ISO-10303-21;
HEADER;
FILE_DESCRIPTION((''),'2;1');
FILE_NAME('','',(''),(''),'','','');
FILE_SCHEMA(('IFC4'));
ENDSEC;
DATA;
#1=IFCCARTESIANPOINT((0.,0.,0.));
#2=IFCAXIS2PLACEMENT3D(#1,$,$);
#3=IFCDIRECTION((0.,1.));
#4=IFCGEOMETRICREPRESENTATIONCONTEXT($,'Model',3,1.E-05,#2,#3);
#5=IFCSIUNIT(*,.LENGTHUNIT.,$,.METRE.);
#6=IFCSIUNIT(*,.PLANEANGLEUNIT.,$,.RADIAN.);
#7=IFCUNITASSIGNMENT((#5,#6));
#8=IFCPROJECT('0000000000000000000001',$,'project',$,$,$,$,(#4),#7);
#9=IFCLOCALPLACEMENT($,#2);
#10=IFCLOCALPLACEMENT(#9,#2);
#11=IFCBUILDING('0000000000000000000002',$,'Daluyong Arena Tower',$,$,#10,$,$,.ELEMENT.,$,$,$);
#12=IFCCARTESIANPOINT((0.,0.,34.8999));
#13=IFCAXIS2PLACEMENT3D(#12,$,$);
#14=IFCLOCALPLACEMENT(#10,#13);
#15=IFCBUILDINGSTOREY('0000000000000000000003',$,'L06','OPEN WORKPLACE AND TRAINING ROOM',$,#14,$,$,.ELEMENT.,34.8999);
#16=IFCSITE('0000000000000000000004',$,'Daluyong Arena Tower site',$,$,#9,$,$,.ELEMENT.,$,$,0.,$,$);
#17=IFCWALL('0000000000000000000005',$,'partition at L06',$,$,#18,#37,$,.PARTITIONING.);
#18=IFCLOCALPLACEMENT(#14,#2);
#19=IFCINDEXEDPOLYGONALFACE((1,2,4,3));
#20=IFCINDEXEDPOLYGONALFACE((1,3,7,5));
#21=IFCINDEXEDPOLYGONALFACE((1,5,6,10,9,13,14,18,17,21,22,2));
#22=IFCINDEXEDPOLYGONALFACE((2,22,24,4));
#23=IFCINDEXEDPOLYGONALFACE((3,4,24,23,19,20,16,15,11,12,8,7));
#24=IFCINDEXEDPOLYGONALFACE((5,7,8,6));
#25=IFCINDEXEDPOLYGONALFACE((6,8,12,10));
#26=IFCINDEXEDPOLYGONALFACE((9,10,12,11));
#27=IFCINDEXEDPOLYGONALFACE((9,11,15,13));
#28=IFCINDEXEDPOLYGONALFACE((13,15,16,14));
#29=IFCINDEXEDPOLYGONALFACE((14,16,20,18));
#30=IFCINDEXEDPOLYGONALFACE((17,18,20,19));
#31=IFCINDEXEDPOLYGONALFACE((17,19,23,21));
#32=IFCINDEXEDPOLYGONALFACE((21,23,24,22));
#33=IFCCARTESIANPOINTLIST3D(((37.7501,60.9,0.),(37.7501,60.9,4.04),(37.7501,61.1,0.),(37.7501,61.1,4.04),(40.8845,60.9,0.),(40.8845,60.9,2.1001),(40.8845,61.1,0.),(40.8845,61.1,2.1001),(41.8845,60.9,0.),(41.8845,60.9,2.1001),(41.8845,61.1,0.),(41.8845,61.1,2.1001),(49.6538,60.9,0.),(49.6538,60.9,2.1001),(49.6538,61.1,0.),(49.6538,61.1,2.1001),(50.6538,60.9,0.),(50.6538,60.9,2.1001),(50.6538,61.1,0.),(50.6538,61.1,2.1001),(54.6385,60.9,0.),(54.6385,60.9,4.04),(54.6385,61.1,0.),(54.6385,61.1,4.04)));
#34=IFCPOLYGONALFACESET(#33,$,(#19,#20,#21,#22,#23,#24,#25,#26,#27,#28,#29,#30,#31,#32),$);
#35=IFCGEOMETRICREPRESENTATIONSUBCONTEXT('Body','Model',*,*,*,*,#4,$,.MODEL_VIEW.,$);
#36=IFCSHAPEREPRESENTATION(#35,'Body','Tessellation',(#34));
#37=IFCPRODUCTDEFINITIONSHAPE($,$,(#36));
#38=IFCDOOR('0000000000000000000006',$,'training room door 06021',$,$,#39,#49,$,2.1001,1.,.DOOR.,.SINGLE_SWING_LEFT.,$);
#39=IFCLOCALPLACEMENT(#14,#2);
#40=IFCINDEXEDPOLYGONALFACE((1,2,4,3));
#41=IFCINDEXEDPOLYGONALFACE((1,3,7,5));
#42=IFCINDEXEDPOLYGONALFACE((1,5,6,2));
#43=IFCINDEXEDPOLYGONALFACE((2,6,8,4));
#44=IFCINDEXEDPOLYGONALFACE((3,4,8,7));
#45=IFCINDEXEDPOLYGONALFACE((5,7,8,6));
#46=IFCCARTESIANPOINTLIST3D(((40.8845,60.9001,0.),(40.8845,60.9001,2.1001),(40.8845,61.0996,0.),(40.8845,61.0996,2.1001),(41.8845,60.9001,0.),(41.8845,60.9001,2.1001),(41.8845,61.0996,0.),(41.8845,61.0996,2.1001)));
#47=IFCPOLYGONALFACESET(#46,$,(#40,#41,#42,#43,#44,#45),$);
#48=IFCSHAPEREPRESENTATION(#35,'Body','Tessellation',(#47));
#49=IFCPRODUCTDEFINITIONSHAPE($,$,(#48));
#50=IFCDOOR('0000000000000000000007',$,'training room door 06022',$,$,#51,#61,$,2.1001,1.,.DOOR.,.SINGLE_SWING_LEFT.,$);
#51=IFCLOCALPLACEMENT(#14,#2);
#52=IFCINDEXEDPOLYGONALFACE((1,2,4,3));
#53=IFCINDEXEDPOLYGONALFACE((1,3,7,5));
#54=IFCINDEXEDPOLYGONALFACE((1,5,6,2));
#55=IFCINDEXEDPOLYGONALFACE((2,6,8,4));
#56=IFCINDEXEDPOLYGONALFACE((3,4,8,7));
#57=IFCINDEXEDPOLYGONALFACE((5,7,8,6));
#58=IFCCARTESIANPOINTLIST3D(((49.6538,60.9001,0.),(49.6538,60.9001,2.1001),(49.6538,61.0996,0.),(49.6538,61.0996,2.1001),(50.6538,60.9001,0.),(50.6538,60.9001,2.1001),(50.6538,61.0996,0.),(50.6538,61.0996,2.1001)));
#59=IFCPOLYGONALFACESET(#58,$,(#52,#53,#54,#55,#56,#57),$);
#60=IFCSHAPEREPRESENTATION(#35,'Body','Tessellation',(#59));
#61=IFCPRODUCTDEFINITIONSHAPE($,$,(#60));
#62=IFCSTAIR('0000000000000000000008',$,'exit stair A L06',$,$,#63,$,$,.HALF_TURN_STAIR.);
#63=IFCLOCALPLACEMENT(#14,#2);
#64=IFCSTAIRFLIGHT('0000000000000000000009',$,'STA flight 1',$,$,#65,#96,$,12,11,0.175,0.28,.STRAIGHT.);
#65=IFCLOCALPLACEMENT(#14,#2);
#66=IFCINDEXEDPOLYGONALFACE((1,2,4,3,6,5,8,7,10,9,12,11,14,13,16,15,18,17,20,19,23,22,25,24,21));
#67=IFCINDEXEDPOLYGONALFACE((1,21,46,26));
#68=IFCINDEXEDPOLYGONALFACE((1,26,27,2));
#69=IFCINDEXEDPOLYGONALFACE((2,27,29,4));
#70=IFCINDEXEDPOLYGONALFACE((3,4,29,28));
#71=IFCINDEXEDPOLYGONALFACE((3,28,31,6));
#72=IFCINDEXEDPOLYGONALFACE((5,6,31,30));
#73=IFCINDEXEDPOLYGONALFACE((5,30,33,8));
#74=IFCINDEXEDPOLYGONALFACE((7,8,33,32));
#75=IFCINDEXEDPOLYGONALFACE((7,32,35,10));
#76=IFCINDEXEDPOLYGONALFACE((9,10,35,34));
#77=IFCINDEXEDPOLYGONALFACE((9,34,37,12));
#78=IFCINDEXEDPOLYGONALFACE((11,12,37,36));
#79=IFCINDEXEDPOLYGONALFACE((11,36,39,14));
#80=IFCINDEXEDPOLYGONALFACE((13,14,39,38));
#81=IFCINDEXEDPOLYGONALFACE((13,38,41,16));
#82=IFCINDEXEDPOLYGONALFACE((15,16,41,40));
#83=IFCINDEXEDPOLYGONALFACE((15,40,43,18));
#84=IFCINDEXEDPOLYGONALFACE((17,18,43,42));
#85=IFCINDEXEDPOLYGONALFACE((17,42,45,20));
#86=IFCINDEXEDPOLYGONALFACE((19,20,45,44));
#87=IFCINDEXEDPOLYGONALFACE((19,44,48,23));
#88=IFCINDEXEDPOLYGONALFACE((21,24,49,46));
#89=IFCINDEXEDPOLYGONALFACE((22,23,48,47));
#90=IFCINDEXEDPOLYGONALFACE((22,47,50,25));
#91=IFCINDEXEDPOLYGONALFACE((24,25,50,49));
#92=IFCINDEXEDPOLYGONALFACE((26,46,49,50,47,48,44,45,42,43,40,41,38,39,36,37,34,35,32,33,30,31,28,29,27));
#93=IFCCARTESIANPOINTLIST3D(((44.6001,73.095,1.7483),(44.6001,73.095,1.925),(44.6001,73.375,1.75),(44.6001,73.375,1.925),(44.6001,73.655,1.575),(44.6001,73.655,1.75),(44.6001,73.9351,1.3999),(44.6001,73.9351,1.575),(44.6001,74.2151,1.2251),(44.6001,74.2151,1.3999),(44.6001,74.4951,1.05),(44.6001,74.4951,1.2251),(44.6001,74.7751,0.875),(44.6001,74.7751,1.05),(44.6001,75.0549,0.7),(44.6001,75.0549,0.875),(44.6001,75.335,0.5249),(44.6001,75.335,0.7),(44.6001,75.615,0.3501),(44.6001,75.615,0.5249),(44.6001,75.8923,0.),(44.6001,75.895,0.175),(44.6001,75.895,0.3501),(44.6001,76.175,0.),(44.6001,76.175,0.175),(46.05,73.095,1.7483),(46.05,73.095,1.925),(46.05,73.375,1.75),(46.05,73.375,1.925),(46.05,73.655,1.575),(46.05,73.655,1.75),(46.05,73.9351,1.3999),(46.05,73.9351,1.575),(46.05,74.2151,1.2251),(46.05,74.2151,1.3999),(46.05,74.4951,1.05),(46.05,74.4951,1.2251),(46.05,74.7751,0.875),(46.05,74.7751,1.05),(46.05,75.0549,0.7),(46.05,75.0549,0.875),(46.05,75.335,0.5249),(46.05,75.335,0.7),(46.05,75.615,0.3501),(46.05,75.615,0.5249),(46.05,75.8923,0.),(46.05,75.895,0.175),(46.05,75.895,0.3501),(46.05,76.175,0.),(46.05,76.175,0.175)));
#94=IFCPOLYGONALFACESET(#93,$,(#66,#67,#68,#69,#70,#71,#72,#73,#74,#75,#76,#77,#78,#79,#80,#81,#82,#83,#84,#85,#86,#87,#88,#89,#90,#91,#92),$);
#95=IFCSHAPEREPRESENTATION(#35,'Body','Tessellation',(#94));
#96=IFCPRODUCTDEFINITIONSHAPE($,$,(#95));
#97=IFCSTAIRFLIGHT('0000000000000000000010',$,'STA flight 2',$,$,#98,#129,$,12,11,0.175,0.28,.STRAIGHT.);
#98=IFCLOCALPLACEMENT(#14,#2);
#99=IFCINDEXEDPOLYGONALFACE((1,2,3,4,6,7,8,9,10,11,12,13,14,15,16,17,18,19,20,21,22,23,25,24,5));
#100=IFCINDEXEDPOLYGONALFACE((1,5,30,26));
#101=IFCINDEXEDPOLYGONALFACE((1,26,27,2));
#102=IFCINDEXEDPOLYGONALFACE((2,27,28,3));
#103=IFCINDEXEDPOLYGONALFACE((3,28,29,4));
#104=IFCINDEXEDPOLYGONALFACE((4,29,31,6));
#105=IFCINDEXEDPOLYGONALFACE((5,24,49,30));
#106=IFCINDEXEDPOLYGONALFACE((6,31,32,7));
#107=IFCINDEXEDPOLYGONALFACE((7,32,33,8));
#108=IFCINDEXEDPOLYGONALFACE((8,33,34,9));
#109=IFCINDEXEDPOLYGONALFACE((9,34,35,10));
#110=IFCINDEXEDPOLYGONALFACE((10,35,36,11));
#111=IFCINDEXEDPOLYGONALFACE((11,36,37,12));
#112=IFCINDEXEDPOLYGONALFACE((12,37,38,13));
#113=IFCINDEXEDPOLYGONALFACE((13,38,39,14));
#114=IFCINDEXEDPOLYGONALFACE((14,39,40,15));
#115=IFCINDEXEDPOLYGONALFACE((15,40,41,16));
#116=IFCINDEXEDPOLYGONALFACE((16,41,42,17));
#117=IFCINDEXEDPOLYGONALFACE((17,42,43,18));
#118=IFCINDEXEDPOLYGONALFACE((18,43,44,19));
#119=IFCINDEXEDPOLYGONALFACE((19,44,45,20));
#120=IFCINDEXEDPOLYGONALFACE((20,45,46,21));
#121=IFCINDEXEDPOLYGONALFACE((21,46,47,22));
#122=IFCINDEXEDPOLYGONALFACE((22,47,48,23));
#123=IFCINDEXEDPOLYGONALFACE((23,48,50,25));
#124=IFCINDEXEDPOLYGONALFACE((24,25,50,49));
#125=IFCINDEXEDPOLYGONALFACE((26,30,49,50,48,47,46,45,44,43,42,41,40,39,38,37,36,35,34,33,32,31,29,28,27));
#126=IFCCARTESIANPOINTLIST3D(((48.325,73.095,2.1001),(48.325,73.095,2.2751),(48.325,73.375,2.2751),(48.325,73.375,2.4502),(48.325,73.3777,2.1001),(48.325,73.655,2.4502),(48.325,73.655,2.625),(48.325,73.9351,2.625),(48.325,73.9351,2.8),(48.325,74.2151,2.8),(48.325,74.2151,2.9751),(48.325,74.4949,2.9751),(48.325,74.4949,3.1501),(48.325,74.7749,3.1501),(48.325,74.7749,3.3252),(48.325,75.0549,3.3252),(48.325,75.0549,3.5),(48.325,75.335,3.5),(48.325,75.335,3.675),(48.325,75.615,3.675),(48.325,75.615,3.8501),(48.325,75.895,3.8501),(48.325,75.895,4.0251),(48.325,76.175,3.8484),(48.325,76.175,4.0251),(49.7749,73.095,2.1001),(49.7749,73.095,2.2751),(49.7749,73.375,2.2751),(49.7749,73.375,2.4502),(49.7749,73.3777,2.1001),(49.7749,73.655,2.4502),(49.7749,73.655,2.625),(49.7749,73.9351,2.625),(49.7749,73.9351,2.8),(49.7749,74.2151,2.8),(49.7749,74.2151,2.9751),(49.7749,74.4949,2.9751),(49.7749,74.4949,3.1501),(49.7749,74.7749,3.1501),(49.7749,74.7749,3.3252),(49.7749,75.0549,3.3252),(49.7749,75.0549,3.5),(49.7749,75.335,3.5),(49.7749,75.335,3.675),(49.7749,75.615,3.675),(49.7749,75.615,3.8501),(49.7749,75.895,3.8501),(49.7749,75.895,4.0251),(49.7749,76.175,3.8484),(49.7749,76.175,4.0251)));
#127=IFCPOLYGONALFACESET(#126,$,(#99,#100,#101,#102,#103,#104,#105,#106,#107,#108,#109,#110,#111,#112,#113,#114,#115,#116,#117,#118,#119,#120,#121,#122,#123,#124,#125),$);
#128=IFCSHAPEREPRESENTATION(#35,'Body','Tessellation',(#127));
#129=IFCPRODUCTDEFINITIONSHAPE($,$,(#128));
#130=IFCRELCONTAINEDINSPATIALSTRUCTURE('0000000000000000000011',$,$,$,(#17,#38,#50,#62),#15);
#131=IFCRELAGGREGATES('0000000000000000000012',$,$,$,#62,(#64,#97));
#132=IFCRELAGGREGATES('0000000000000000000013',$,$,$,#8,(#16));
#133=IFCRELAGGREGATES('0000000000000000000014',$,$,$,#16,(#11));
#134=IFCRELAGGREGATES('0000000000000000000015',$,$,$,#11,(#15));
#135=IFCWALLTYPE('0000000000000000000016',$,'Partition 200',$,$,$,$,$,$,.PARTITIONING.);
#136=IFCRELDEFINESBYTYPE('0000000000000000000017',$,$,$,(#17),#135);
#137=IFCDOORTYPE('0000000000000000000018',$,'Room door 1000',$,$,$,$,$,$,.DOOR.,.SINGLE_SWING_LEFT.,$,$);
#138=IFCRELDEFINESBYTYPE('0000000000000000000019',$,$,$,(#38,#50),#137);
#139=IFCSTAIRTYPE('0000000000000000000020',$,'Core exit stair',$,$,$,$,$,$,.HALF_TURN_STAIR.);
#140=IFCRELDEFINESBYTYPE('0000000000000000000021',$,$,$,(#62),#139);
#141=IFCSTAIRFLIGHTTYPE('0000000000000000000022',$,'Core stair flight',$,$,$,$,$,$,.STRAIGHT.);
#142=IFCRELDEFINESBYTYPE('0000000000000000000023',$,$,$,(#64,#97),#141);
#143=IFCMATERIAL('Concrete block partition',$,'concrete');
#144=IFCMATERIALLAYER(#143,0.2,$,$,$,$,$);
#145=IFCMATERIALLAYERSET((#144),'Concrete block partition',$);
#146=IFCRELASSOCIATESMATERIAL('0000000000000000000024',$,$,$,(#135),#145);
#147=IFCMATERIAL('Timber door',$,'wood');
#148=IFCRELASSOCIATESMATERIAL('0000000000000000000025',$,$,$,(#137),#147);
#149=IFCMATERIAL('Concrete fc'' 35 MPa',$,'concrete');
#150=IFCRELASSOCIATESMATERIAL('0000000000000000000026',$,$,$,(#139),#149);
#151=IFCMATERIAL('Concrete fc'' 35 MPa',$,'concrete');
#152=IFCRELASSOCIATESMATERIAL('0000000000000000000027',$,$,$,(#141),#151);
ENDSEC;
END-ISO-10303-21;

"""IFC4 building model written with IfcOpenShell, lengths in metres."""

from ifc_helpers import new_model, si_unit, direction, frame, frame_2d, origin, place, context, subcontext, project, spatial, polyline, rectangle, outline, extrude, material, layer, layer_set, type_object, element, fill, aggregate, save


model = new_model("IFC4")

# Units and contexts
model_context = context("Model", 3, precision=1e-05, world=origin(), true_north=direction((0.0, 1.0)))
body_context = subcontext(model_context, "Body", "Model", "MODEL_VIEW")
ifc_project = project(units=[si_unit("LENGTHUNIT", "METRE"), si_unit("PLANEANGLEUNIT", "RADIAN")], contexts=[model_context])

# Site, building, storey
site_placement = place(None, origin())
site = spatial("IfcSite", under=ifc_project, at=site_placement, Name="Daluyong Arena Tower site", CompositionType="ELEMENT", RefElevation=0.0)
building_placement = place(site_placement, origin())
building = spatial("IfcBuilding", under=site, at=building_placement, Name="Daluyong Arena Tower", CompositionType="ELEMENT")
storey_placement = place(building_placement, frame((0.0, 0.0, 34.8999)))
storey = spatial("IfcBuildingStorey", under=building, at=storey_placement, Name="L06", Description="OPEN WORKPLACE AND TRAINING ROOM", CompositionType="ELEMENT", Elevation=34.8999)

# Wall, openings, doors
ifc_material_1 = material(Name="Concrete block partition", Category="concrete")
ifc_layer_1 = layer(ifc_material_1, 0.2)
ifc_layer_set_1 = layer_set([ifc_layer_1], Name="Concrete block partition")
wall_type_1 = type_object("IfcWallType", Name="Partition 200", PredefinedType="PARTITIONING", material=ifc_layer_set_1)
wall_1_placement = place(storey_placement, frame((37.75, 61.0, 0.0), z_axis=(0.0, 0.0, 1.0), x_axis=(1.0, 0.0, 0.0)))
wall_1 = element("IfcWall", 1, at=wall_1_placement, inside=storey, type_object=wall_type_1, Name="partition at L06", PredefinedType="PARTITIONING", context=body_context, shape_type="SweptSolid", body=[
    extrude(rectangle(XDim=16.8884, YDim=0.2, at=frame_2d((8.4443, 0.0))), origin(), (0.0, 0.0, 1.0), 4.04),
])
opening_1_placement = place(wall_1_placement, frame((3.1345, 0.0, 0.0)))
opening_1 = element("IfcOpeningElement", 2, at=opening_1_placement, cuts=wall_1, PredefinedType="OPENING", context=body_context, shape_type="SweptSolid", body=[
    extrude(rectangle(XDim=1.0, YDim=2.1001, at=frame_2d((0.5, 1.05))), frame((0.0, 0.1099, 0.0), z_axis=(0.0, -1.0, 0.0), x_axis=(1.0, 0.0, 0.0)), (0.0, 0.0, 1.0), 0.22),
])
opening_2_placement = place(wall_1_placement, frame((11.9038, 0.0, 0.0)))
opening_2 = element("IfcOpeningElement", 3, at=opening_2_placement, cuts=wall_1, PredefinedType="OPENING", context=body_context, shape_type="SweptSolid", body=[
    extrude(rectangle(XDim=1.0, YDim=2.1001, at=frame_2d((0.5, 1.05))), frame((0.0, 0.1099, 0.0), z_axis=(0.0, -1.0, 0.0), x_axis=(1.0, 0.0, 0.0)), (0.0, 0.0, 1.0), 0.22),
])
ifc_material_2 = material(Name="Timber door", Category="wood")
door_type_1 = type_object("IfcDoorType", Name="Room door 1000", OperationType="SINGLE_SWING_LEFT", PredefinedType="DOOR", material=ifc_material_2)
door_1_placement = place(opening_1_placement, origin())
door_1 = element("IfcDoor", 4, at=door_1_placement, inside=storey, type_object=door_type_1, Name="training room door 06021", OperationType="SINGLE_SWING_LEFT", OverallHeight=2.1001, OverallWidth=1.0, PredefinedType="DOOR", context=body_context, shape_type="SweptSolid", body=[
    extrude(rectangle(XDim=1.0, YDim=2.1001, at=frame_2d((0.5, 1.05))), frame((0.0, 0.0996, 0.0), z_axis=(0.0, -1.0, 0.0), x_axis=(1.0, 0.0, 0.0)), (0.0, 0.0, 1.0), 0.1995),
])
fill(opening_1, door_1)
door_2_placement = place(opening_2_placement, origin())
door_2 = element("IfcDoor", 5, at=door_2_placement, inside=storey, type_object=door_type_1, Name="training room door 06022", OperationType="SINGLE_SWING_LEFT", OverallHeight=2.1001, OverallWidth=1.0, PredefinedType="DOOR", context=body_context, shape_type="SweptSolid", body=[
    extrude(rectangle(XDim=1.0, YDim=2.1001, at=frame_2d((0.5, 1.05))), frame((0.0, 0.0996, 0.0), z_axis=(0.0, -1.0, 0.0), x_axis=(1.0, 0.0, 0.0)), (0.0, 0.0, 1.0), 0.1995),
])
fill(opening_2, door_2)

# Stair, stair flights
ifc_material_3 = material(Name="Concrete fc' 35 MPa", Category="concrete")
stair_type = type_object("IfcStairType", Name="Core exit stair", PredefinedType="HALF_TURN_STAIR", material=ifc_material_3)
stair_placement = place(storey_placement, origin())
stair = element("IfcStair", 6, at=stair_placement, inside=storey, type_object=stair_type, Name="exit stair A L06", PredefinedType="HALF_TURN_STAIR")
ifc_material_4 = material(Name="Concrete fc' 35 MPa", Category="concrete")
stair_flight_type = type_object("IfcStairFlightType", Name="Core stair flight", PredefinedType="STRAIGHT", material=ifc_material_4)
stair_flight_1_placement = place(storey_placement, frame((45.325, 76.175, 0.0), z_axis=(0.0, 0.0, 1.0), x_axis=(0.0, -1.0, 0.0)))
stair_flight_1 = element("IfcStairFlight", 7, at=stair_flight_1_placement, type_object=stair_flight_type, Name="STA flight 1", NumberOfRisers=12, NumberOfTreads=11, PredefinedType="STRAIGHT", RiserHeight=0.175, TreadLength=0.28, context=body_context, shape_type="SweptSolid", body=[
    extrude(outline(polyline([(0.0, 0.0), (0.0, 0.175), (0.28, 0.175), (0.28, 0.3501), (0.5601, 0.3501), (0.5601, 0.5249), (0.8401, 0.5249), (0.8401, 0.7), (1.1201, 0.7), (1.1201, 0.875), (1.3999, 0.875), (1.3999, 1.05), (1.6799, 1.05), (1.6799, 1.2251), (1.96, 1.2251), (1.96, 1.3999), (2.24, 1.3999), (2.24, 1.575), (2.52, 1.575), (2.52, 1.75), (2.8, 1.75), (2.8, 1.925), (3.0801, 1.925), (3.0801, 2.1001), (3.0801, 1.7483), (0.2827, 0.0), (0.0, 0.0)])), frame((0.0, 0.7251, 0.0), z_axis=(0.0, -1.0, 0.0), x_axis=(1.0, 0.0, 0.0)), (0.0, 0.0, 1.0), 1.45),
])
stair_flight_2_placement = place(storey_placement, frame((49.05, 73.095, 2.1001), z_axis=(0.0, 0.0, 1.0), x_axis=(0.0, 1.0, 0.0)))
stair_flight_2 = element("IfcStairFlight", 8, at=stair_flight_2_placement, type_object=stair_flight_type, Name="STA flight 2", NumberOfRisers=12, NumberOfTreads=11, PredefinedType="STRAIGHT", RiserHeight=0.175, TreadLength=0.28, context=body_context, shape_type="SweptSolid", body=[
    extrude(outline(polyline([(0.0, 0.0), (0.0, 0.175), (0.28, 0.175), (0.28, 0.3501), (0.5601, 0.3501), (0.5601, 0.5249), (0.8401, 0.5249), (0.8401, 0.7), (1.1201, 0.7), (1.1201, 0.875), (1.3999, 0.875), (1.3999, 1.05), (1.6799, 1.05), (1.6799, 1.2251), (1.96, 1.2251), (1.96, 1.3999), (2.24, 1.3999), (2.24, 1.575), (2.52, 1.575), (2.52, 1.75), (2.8, 1.75), (2.8, 1.925), (3.0801, 1.925), (3.0801, 2.1001), (3.0801, 1.7483), (0.2827, 0.0), (0.0, 0.0)])), frame((0.0, 0.7251, 0.0), z_axis=(0.0, -1.0, 0.0), x_axis=(1.0, 0.0, 0.0)), (0.0, 0.0, 1.0), 1.45),
])
aggregate(stair, [stair_flight_1, stair_flight_2])

save(model, "model.ifc")
